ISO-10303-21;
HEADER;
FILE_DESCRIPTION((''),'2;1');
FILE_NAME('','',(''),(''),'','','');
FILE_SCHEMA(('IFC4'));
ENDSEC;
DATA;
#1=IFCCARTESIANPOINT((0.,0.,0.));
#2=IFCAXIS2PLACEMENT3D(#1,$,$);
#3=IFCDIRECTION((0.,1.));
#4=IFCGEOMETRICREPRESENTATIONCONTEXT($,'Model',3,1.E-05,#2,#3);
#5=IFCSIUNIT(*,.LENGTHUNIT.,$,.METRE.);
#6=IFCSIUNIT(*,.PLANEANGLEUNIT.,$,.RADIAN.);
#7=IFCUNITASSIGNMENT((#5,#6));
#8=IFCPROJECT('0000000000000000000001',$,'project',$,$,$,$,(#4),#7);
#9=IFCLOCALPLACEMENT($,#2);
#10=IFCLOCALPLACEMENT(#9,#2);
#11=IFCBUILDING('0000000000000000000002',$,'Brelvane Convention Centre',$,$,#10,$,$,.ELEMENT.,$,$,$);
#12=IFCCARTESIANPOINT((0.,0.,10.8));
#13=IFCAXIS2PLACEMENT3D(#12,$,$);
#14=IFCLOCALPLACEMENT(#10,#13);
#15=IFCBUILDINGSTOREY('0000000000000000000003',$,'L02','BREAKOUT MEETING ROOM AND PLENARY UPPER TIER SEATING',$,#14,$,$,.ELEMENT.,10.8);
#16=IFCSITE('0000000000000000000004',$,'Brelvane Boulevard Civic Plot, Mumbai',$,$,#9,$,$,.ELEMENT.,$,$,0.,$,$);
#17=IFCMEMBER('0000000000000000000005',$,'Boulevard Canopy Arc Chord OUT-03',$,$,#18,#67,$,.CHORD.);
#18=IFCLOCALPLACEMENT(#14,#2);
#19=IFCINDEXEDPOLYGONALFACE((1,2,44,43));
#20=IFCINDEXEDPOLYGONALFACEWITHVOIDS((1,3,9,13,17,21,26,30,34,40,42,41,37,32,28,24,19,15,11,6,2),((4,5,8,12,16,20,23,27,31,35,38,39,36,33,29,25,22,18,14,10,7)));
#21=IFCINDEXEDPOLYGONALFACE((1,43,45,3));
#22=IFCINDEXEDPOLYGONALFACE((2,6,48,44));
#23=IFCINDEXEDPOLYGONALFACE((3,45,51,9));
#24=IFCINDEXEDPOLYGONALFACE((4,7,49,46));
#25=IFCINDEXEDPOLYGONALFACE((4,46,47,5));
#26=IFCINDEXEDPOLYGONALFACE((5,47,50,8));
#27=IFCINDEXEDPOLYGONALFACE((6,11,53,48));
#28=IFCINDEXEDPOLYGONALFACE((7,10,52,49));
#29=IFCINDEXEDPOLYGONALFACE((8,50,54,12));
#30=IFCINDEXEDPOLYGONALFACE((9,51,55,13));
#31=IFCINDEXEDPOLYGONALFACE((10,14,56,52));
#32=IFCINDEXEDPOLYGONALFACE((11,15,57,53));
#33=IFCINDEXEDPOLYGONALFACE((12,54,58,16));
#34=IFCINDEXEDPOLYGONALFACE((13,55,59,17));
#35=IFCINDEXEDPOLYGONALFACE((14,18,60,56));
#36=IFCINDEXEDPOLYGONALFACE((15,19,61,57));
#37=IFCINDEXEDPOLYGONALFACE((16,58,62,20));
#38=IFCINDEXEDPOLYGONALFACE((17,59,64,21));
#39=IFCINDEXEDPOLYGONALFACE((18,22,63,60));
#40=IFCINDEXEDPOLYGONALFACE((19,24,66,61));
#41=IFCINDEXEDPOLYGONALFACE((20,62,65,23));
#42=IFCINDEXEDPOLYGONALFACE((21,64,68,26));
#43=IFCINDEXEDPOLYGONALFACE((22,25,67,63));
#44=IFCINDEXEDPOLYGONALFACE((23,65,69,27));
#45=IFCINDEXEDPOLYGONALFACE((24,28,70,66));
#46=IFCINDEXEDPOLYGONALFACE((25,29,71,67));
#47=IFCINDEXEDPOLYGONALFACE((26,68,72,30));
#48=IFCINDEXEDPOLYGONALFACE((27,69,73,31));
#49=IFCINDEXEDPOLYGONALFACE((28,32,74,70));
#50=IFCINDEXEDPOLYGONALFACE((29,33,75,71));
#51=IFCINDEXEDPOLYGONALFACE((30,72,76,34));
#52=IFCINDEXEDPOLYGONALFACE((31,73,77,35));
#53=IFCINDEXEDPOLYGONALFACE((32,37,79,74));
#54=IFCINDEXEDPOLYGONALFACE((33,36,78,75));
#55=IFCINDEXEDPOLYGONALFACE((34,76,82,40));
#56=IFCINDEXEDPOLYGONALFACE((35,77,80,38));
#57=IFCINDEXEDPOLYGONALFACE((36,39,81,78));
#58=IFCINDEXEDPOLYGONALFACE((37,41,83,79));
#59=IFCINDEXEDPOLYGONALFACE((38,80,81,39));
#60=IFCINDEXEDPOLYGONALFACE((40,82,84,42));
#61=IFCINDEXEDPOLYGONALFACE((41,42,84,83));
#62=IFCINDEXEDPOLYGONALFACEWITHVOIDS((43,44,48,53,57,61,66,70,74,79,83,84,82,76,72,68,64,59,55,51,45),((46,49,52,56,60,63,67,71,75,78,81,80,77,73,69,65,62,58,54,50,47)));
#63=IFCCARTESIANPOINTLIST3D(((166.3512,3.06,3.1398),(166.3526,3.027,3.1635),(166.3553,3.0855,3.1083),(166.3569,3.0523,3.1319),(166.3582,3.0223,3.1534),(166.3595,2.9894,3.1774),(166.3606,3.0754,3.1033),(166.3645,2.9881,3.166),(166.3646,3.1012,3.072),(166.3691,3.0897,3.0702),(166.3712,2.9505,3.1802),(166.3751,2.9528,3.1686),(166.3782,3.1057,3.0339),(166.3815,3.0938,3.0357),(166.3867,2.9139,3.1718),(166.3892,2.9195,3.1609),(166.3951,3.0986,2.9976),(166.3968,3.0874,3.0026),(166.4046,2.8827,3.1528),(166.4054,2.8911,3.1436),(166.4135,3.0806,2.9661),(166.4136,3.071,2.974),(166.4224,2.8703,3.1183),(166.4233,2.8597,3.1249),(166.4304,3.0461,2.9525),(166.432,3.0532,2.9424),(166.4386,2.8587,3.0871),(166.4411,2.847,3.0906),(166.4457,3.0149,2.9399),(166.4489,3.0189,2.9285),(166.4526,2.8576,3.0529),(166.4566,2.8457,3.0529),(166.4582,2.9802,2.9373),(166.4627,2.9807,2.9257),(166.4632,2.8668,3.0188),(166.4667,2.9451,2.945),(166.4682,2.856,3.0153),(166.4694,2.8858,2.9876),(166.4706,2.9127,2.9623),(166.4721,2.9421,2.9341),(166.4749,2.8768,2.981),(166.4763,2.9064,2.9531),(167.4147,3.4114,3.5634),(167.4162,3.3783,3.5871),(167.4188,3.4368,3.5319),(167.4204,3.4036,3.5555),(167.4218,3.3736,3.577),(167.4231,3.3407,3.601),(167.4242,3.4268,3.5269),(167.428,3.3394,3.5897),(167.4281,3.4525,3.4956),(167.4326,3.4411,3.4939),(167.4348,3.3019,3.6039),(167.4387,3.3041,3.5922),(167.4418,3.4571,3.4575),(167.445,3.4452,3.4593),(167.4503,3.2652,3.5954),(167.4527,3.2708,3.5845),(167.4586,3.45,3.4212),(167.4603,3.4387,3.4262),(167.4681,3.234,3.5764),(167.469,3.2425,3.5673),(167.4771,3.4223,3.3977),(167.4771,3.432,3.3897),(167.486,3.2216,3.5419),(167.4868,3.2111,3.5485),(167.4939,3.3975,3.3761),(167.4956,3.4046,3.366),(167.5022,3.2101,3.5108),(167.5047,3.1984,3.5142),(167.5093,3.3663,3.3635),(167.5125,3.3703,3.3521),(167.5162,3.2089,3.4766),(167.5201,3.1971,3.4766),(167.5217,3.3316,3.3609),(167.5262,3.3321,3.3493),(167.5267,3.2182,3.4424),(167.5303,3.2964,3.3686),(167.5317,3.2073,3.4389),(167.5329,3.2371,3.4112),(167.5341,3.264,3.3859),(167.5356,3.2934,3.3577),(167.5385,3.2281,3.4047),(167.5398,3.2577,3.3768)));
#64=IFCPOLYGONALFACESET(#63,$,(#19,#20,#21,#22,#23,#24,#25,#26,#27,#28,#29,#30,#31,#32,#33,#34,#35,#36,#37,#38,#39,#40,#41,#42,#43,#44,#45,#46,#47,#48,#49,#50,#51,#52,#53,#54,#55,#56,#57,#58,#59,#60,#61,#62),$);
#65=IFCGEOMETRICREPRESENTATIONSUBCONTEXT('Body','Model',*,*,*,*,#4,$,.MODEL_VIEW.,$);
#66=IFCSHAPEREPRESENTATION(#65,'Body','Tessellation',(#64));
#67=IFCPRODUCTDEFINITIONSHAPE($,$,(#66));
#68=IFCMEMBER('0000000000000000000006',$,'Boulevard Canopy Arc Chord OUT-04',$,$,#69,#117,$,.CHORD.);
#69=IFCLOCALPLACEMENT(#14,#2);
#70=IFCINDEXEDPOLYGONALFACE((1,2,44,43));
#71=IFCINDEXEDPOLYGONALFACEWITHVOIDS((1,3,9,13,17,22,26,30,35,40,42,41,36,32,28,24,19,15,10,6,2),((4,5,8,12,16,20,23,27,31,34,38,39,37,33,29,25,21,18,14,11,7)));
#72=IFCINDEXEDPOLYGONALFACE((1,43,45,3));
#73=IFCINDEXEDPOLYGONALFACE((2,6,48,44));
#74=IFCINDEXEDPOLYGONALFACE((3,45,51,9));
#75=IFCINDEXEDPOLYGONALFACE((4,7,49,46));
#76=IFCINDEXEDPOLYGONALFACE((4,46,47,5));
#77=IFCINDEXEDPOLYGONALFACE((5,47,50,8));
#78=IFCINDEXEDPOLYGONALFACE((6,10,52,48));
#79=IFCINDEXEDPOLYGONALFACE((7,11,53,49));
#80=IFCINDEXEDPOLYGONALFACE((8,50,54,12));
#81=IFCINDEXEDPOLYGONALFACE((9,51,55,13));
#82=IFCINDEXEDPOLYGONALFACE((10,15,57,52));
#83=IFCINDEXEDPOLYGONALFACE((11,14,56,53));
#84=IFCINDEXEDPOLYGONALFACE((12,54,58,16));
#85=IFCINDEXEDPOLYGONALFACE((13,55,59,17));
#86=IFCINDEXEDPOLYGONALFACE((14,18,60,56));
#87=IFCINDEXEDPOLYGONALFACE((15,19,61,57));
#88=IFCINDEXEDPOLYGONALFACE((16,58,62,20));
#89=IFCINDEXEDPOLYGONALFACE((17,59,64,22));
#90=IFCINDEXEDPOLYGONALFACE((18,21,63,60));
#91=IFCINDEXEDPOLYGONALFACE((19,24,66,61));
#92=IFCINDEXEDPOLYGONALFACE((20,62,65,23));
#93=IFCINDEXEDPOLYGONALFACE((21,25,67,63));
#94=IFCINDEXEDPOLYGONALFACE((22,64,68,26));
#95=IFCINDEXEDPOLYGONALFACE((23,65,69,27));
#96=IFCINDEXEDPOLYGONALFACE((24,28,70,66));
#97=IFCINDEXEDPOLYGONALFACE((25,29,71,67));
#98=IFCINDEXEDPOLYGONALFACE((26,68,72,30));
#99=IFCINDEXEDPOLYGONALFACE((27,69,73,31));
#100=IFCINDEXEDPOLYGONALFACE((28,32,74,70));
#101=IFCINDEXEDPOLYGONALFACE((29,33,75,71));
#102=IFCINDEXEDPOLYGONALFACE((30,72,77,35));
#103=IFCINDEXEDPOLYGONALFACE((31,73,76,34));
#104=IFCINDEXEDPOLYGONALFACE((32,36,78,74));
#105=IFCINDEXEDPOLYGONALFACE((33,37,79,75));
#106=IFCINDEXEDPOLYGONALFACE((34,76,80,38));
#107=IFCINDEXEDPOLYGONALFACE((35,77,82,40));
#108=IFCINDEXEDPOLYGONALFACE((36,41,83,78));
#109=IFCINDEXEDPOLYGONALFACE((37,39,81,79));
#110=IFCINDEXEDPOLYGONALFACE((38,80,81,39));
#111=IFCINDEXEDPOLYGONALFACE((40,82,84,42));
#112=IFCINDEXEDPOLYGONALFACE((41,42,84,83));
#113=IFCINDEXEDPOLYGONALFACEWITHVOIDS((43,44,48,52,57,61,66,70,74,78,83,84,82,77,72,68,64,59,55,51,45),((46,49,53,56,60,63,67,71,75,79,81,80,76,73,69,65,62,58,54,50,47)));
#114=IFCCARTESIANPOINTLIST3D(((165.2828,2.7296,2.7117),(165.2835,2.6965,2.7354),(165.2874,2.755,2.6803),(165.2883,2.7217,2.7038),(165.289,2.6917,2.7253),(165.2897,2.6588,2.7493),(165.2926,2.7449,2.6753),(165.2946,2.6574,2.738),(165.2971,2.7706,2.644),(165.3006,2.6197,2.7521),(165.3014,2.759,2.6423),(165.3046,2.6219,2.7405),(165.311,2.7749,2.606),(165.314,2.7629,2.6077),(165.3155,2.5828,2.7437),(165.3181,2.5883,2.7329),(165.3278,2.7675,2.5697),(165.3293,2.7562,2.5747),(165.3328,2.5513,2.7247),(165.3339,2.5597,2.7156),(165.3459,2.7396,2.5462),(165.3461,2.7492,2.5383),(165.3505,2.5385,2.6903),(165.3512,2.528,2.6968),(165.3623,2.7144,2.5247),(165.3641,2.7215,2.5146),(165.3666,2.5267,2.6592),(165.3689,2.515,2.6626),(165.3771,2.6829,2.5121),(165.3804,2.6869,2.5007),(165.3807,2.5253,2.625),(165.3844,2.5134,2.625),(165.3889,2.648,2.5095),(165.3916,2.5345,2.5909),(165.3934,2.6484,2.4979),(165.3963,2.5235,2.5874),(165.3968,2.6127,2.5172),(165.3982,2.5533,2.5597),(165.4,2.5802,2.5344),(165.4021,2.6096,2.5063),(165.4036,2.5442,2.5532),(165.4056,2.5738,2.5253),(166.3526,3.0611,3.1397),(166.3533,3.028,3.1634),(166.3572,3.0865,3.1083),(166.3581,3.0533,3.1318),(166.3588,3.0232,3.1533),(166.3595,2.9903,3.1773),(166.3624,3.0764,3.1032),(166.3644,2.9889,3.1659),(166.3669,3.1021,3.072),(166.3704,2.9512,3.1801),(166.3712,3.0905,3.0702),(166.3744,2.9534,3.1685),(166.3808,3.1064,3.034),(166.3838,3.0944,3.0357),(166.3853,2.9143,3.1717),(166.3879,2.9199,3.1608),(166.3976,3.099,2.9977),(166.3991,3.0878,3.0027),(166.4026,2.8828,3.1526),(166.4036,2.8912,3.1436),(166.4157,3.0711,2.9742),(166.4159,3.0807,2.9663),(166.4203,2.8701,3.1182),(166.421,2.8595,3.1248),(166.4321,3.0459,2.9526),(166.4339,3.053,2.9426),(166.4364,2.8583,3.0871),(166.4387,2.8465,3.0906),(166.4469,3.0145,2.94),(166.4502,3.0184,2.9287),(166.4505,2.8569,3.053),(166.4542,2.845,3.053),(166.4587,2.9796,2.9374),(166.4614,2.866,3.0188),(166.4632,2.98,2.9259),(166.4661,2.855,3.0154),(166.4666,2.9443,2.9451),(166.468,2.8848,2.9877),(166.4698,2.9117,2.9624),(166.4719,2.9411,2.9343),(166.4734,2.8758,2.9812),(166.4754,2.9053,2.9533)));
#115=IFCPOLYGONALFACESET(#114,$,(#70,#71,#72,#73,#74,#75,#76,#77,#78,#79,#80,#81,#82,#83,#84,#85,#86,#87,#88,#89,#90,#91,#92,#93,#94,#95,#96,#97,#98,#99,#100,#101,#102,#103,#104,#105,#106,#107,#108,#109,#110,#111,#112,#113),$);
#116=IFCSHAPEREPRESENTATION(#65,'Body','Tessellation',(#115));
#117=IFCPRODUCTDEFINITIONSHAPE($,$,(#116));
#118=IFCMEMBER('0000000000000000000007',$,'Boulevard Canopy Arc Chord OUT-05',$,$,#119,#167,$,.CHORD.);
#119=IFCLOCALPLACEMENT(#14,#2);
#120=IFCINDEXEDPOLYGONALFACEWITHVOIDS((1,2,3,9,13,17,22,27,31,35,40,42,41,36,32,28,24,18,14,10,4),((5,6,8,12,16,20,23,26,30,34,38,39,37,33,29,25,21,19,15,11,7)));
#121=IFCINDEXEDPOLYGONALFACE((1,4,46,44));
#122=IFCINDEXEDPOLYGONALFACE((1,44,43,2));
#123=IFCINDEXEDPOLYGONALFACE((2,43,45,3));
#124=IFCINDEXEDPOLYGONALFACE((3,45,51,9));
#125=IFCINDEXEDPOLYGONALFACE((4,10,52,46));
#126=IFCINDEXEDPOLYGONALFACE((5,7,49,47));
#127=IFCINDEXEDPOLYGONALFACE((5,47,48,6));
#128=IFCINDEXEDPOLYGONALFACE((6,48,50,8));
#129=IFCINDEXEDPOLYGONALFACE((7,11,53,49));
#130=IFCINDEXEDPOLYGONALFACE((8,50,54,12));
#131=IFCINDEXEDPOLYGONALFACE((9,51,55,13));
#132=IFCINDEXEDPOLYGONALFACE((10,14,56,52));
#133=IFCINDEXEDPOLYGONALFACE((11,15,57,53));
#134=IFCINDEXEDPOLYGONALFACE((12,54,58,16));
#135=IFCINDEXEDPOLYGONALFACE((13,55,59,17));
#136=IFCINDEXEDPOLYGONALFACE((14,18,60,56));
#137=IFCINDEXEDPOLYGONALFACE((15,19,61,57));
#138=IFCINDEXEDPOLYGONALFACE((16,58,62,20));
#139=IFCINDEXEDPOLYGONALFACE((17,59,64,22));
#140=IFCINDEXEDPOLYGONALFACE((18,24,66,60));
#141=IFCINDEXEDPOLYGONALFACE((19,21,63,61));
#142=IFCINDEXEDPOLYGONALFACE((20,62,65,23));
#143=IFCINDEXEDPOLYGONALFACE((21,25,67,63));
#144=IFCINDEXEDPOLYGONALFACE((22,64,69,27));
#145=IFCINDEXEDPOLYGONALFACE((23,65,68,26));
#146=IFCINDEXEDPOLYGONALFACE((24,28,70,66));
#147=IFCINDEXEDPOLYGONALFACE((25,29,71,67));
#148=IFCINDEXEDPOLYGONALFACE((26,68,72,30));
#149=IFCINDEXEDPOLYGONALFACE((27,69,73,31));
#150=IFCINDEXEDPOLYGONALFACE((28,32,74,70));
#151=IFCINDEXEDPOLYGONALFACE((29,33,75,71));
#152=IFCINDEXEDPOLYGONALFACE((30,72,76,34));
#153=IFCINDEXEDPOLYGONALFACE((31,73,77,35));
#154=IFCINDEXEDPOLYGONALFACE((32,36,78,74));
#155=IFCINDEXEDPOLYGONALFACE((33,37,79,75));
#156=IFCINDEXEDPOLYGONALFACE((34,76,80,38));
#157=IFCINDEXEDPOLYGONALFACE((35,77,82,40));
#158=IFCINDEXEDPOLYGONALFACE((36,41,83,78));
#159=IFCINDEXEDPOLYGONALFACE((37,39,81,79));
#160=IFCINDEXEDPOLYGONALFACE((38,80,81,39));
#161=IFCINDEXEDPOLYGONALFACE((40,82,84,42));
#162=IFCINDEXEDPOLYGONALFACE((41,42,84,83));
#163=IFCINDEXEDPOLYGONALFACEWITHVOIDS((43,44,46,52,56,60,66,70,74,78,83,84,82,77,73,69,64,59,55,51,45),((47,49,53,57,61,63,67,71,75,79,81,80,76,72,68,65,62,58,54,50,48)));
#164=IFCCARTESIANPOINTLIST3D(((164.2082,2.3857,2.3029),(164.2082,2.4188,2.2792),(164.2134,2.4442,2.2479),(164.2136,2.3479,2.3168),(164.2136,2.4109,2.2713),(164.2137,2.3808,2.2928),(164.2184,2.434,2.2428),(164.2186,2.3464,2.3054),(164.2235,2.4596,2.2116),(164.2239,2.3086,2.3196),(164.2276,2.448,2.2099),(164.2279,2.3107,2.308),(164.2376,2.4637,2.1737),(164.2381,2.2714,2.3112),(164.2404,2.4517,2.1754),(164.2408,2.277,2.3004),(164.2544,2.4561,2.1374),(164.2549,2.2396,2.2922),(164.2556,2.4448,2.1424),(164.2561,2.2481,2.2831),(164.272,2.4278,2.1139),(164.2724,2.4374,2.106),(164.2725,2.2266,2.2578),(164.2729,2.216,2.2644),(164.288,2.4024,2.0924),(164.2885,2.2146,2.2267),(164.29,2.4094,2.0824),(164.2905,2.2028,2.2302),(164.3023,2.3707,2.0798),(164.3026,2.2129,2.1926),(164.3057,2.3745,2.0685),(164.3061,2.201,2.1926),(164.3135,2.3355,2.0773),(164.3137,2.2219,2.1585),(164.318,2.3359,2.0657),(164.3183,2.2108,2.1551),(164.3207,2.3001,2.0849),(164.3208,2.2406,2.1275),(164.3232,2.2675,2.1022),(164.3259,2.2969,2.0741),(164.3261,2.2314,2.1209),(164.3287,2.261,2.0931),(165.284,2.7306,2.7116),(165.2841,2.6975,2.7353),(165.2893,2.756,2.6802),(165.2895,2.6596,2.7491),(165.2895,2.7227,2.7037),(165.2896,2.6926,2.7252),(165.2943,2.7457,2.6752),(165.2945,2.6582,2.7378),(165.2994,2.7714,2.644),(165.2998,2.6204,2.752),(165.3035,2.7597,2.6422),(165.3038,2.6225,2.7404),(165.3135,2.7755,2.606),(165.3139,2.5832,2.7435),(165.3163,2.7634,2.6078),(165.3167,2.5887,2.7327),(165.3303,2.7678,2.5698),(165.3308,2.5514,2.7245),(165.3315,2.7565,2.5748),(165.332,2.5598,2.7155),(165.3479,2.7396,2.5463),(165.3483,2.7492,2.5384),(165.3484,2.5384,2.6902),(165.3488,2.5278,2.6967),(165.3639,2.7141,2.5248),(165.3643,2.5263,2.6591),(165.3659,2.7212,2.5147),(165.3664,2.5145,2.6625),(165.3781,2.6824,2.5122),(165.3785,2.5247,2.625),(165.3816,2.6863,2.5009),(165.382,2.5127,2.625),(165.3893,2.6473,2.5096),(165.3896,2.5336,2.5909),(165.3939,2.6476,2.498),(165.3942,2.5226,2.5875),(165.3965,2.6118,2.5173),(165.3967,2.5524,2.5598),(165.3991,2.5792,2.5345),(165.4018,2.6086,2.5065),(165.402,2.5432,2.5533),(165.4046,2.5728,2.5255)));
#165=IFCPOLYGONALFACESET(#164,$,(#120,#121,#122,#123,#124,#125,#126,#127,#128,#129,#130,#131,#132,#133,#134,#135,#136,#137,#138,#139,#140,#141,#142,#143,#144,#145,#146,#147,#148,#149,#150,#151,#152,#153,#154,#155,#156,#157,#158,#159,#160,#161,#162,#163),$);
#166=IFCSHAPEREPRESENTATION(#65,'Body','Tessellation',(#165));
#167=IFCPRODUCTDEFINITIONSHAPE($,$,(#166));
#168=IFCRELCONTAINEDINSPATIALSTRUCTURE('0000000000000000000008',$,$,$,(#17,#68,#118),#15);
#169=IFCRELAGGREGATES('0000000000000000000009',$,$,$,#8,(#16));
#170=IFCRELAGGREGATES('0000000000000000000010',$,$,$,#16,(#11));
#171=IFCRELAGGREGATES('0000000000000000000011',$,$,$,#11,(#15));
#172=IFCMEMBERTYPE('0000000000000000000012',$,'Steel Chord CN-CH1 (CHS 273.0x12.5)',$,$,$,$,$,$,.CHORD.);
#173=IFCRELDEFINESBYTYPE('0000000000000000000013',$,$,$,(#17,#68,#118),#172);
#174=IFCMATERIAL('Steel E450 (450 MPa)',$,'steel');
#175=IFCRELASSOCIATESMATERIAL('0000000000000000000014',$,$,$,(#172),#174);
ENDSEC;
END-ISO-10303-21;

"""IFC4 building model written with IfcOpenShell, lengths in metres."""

from ifc_helpers import new_model, si_unit, direction, frame, origin, origin_2d, place, context, subcontext, project, spatial, hollow_circle, extrude, material, material_profile, profile_set, type_object, element, save


model = new_model("IFC4")

# Units and contexts
model_context = context("Model", 3, precision=1e-05, world=origin(), true_north=direction((0.0, 1.0)))
body_context = subcontext(model_context, "Body", "Model", "MODEL_VIEW")
ifc_project = project(units=[si_unit("LENGTHUNIT", "METRE"), si_unit("PLANEANGLEUNIT", "RADIAN")], contexts=[model_context])

# Site, building, storey
site_placement = place(None, origin())
site = spatial("IfcSite", under=ifc_project, at=site_placement, Name="Brelvane Boulevard Civic Plot, Mumbai", CompositionType="ELEMENT", RefElevation=0.0)
building_placement = place(site_placement, origin())
building = spatial("IfcBuilding", under=site, at=building_placement, Name="Brelvane Convention Centre", CompositionType="ELEMENT")
storey_placement = place(building_placement, frame((0.0, 0.0, 10.8)))
storey = spatial("IfcBuildingStorey", under=building, at=storey_placement, Name="L02", Description="BREAKOUT MEETING ROOM AND PLENARY UPPER TIER SEATING", CompositionType="ELEMENT", Elevation=10.8)

# Members
ifc_material_1 = material(Name="Steel E450 (450 MPa)", Category="steel")
ifc_material_profile_1 = material_profile(ifc_material_1, hollow_circle(Radius=0.1365, WallThickness=0.0125, at=origin_2d()), Name="CHS 273.0x12.5")
ifc_profile_set_1 = profile_set([ifc_material_profile_1], Name="Steel E450 (450 MPa)")
member_type_1 = type_object("IfcMemberType", Name="Steel Chord CN-CH1 (CHS 273.0x12.5)", PredefinedType="CHORD", material=ifc_profile_set_1)
member_1_placement = place(storey_placement, frame((167.4773, 3.3267, 3.4766), z_axis=(-0.888135, -0.293394, -0.353745), x_axis=(0.313676, -0.94953, 0.0)))
element("IfcMember", 1, at=member_1_placement, inside=storey, type_object=member_type_1, Name="Boulevard Canopy Arc Chord OUT-03", PredefinedType="CHORD", context=body_context, shape_type="SweptSolid", body=[
    extrude(hollow_circle(Radius=0.1365, WallThickness=0.0125, at=origin_2d()), origin(), (0.0, 0.0, 1.0), 1.1975),
])
member_2_placement = place(storey_placement, frame((166.4138, 2.9753, 3.053), z_axis=(-0.892261, -0.276515, -0.356945), x_axis=(0.296015, -0.955183, 0.0)))
element("IfcMember", 2, at=member_2_placement, inside=storey, type_object=member_type_1, Name="Boulevard Canopy Arc Chord OUT-04", PredefinedType="CHORD", context=body_context, shape_type="SweptSolid", body=[
    extrude(hollow_circle(Radius=0.1365, WallThickness=0.0125, at=origin_2d()), origin(), (0.0, 0.0, 1.0), 1.199),
])
member_3_placement = place(storey_placement, frame((165.344, 2.6438, 2.625), z_axis=(-0.896057, -0.259647, -0.36009), x_axis=(0.278317, -0.960489, 0.0)))
element("IfcMember", 3, at=member_3_placement, inside=storey, type_object=member_type_1, Name="Boulevard Canopy Arc Chord OUT-05", PredefinedType="CHORD", context=body_context, shape_type="SweptSolid", body=[
    extrude(hollow_circle(Radius=0.1365, WallThickness=0.0125, at=origin_2d()), origin(), (0.0, 0.0, 1.0), 1.2007),
])

save(model, "model.ifc")
